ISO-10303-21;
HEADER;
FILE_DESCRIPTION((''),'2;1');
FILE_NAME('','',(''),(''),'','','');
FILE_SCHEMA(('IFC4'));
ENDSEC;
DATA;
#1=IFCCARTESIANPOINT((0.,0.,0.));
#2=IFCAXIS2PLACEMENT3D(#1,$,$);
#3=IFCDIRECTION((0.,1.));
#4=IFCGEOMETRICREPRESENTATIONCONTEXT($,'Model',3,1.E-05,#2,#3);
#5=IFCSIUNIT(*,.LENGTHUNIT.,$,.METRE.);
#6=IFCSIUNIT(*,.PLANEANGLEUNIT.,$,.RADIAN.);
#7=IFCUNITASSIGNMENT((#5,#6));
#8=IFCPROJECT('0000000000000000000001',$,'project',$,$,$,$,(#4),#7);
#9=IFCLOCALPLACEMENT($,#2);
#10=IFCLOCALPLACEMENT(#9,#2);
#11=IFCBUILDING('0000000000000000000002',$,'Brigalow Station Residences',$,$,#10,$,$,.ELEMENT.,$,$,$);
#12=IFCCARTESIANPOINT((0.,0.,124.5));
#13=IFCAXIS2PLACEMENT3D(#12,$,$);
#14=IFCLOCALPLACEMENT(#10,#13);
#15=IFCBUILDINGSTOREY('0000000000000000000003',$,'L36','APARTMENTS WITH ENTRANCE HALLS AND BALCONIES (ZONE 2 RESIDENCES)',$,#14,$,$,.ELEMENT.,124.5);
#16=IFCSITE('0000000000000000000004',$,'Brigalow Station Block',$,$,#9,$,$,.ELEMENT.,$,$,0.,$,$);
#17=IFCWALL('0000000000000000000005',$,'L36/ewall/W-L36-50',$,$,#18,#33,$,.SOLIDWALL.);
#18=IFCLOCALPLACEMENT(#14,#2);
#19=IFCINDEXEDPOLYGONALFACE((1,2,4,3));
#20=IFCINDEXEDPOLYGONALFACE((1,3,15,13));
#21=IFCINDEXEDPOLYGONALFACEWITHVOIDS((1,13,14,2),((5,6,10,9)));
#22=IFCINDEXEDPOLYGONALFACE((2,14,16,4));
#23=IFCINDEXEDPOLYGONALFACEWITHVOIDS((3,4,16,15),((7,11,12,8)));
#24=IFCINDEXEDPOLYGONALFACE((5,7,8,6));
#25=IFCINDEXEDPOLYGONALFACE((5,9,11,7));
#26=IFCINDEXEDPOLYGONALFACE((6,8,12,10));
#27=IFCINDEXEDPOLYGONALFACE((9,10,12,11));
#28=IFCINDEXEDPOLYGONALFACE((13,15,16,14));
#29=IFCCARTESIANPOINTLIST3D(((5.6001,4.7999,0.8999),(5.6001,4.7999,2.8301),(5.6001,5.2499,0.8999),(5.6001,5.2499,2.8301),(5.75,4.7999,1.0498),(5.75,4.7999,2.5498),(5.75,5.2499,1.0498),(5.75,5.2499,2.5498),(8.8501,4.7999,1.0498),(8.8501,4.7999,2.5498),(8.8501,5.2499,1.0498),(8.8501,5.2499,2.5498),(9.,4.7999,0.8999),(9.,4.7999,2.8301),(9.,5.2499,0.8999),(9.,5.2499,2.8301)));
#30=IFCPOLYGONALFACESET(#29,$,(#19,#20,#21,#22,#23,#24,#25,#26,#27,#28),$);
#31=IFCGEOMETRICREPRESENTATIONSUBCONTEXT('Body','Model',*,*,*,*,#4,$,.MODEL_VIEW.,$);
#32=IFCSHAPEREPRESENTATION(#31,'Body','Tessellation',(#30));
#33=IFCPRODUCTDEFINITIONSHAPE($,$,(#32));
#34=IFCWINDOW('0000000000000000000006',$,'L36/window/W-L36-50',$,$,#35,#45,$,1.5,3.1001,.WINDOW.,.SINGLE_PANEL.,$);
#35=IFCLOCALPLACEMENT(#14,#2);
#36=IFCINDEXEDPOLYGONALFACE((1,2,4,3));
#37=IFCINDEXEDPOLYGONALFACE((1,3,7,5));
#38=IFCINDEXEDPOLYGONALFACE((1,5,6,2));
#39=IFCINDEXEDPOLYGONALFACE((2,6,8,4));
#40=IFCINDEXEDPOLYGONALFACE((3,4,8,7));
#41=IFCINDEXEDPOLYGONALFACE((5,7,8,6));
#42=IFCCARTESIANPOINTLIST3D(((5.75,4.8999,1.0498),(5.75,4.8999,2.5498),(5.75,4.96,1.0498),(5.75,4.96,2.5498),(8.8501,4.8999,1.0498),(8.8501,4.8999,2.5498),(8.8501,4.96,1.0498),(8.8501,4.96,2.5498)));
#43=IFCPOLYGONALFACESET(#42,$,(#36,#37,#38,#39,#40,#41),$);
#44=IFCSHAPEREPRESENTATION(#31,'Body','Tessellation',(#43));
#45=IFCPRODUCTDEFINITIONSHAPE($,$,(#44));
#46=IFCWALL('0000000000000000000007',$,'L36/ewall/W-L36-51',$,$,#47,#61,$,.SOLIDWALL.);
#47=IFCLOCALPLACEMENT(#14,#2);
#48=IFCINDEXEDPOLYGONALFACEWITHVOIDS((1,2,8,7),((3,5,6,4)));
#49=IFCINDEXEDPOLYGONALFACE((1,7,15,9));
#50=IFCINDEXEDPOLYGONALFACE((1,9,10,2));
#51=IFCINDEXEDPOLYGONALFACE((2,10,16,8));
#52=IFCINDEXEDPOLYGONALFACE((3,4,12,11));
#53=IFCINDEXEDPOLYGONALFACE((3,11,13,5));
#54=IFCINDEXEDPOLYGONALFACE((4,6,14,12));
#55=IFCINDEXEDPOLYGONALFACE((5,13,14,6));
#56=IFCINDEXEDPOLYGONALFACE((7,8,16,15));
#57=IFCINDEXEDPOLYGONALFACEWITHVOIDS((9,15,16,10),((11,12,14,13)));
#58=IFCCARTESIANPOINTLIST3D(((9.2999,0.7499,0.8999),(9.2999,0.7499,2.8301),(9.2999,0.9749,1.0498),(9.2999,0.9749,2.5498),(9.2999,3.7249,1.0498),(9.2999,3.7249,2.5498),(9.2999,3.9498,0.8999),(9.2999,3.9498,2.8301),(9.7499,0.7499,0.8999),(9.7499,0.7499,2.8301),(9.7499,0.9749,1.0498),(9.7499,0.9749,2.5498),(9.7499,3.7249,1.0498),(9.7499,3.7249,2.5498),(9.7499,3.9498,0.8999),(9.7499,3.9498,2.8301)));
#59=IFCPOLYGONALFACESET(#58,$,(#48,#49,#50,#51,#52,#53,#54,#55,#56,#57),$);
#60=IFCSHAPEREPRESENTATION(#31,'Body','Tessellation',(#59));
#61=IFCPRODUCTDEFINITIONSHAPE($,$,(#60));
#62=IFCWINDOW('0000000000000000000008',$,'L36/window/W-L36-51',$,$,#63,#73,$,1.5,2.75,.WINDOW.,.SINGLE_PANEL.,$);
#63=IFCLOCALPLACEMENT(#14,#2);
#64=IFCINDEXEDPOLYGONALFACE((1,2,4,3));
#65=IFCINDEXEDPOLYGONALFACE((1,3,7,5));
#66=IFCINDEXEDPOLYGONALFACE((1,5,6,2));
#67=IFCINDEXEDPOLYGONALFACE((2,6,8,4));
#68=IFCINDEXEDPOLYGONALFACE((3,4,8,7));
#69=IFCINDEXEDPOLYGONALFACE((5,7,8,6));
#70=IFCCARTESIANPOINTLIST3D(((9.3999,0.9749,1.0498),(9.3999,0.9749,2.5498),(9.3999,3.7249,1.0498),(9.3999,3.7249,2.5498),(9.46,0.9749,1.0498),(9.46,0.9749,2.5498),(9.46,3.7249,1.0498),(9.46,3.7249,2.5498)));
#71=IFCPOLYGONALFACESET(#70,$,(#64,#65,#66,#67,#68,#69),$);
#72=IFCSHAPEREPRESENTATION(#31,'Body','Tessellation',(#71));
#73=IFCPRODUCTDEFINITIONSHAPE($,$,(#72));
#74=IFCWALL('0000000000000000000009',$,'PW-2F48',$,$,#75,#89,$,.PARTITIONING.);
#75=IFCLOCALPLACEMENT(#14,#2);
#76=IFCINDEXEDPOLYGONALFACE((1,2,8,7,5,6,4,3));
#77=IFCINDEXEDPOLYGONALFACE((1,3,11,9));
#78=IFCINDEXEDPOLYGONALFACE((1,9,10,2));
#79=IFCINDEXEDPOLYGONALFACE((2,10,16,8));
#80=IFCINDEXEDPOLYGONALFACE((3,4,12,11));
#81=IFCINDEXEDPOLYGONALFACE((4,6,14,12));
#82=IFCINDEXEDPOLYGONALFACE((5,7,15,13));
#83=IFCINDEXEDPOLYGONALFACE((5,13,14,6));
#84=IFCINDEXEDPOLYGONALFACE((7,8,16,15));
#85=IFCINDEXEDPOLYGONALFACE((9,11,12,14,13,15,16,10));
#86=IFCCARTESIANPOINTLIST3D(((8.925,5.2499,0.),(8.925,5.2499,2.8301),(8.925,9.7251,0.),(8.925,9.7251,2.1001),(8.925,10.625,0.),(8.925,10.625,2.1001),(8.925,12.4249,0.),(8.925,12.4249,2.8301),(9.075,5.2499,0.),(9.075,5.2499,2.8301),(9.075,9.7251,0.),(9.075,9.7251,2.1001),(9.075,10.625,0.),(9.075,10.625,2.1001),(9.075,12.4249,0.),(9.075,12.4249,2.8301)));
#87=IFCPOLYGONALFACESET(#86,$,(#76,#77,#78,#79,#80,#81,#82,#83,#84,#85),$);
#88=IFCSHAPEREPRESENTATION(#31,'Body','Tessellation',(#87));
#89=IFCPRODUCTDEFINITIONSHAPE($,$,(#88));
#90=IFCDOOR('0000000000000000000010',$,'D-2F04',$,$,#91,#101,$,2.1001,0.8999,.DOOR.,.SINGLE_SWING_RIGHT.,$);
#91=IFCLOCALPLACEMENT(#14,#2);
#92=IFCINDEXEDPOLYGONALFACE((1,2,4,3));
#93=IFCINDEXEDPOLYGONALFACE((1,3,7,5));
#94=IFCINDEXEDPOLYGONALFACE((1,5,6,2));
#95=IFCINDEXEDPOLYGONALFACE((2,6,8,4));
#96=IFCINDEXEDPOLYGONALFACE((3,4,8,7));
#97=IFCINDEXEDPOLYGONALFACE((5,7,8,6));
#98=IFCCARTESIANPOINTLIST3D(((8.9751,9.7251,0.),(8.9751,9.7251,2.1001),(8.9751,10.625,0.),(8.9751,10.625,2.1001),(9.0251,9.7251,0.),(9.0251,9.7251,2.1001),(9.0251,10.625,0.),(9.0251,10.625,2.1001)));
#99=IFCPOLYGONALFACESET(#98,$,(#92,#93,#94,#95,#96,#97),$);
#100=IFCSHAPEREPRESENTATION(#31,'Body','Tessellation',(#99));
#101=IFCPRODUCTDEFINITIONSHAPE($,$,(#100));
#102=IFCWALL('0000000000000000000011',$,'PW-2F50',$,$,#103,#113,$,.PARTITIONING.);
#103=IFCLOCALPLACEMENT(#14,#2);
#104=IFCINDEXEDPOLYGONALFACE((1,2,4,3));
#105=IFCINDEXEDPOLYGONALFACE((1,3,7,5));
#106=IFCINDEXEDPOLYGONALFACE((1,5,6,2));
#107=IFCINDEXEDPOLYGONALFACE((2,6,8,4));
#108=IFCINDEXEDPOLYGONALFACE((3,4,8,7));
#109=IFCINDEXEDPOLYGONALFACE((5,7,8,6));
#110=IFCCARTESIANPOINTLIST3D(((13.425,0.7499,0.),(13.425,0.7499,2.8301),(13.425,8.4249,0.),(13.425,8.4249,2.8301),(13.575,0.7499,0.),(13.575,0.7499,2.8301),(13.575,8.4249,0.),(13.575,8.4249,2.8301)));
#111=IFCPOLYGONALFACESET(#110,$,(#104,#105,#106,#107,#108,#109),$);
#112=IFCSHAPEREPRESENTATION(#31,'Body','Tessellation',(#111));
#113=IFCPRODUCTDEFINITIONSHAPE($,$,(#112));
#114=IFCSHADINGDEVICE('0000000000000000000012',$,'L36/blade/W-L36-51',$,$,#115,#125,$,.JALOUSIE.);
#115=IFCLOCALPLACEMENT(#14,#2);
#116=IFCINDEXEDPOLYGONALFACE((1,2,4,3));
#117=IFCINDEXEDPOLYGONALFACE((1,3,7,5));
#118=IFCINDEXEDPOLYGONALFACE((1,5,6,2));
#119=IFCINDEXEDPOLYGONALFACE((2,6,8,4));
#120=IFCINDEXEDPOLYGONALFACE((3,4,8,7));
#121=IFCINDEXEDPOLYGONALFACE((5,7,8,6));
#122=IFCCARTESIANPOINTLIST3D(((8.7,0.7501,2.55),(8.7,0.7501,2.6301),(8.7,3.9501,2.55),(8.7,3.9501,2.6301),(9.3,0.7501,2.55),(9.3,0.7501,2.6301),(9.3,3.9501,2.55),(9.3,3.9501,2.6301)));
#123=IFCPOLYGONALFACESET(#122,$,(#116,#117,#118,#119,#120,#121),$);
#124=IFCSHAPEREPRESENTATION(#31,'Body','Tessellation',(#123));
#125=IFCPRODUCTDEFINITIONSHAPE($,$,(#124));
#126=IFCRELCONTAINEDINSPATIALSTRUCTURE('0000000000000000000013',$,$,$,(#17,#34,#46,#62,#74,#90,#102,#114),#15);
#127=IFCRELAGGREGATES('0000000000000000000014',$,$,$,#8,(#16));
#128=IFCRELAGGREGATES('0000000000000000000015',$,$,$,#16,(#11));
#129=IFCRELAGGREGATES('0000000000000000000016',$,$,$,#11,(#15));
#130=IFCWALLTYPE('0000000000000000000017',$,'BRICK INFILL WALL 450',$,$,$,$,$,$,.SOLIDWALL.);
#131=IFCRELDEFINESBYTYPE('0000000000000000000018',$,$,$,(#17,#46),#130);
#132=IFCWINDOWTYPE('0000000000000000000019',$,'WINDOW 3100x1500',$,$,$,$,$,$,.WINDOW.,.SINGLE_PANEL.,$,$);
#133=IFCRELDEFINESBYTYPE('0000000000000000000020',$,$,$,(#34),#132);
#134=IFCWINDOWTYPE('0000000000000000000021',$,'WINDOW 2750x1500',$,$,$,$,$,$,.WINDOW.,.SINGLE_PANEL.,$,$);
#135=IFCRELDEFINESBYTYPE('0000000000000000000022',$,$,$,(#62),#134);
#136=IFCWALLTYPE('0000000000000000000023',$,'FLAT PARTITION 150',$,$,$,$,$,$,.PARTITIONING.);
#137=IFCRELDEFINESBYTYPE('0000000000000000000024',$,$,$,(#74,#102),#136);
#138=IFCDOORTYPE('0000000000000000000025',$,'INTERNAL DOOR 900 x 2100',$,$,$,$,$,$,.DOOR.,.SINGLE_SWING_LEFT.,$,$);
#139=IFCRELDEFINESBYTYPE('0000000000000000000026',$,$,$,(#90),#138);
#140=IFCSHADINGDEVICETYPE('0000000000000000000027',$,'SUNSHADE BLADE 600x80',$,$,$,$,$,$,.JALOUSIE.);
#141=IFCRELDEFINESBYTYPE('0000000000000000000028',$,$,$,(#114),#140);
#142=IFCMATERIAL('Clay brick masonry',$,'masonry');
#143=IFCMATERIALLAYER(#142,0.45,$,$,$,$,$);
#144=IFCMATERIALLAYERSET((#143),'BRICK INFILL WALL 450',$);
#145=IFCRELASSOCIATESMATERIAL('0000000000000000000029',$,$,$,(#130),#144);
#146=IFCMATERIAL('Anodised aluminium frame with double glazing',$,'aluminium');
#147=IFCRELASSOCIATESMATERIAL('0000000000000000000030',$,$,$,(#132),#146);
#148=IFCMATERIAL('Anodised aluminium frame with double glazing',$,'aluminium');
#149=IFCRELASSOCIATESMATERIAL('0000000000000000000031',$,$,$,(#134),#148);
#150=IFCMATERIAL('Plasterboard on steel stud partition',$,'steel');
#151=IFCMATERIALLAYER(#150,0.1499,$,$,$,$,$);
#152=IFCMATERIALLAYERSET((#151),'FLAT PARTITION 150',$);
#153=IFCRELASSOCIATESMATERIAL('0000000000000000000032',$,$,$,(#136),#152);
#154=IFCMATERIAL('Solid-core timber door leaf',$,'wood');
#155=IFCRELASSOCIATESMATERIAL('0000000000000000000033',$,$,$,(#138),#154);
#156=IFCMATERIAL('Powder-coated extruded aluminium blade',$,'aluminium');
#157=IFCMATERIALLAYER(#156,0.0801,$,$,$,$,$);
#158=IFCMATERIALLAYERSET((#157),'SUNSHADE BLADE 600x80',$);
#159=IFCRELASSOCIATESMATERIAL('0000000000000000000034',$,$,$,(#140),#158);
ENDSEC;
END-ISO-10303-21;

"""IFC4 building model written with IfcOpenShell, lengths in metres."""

from ifc_helpers import new_model, si_unit, direction, frame, frame_2d, origin, origin_2d, place, context, subcontext, project, spatial, rectangle, extrude, material, layer, layer_set, type_object, element, fill, save


model = new_model("IFC4")

# Units and contexts
model_context = context("Model", 3, precision=1e-05, world=origin(), true_north=direction((0.0, 1.0)))
body_context = subcontext(model_context, "Body", "Model", "MODEL_VIEW")
ifc_project = project(units=[si_unit("LENGTHUNIT", "METRE"), si_unit("PLANEANGLEUNIT", "RADIAN")], contexts=[model_context])

# Site, building, storey
site_placement = place(None, origin())
site = spatial("IfcSite", under=ifc_project, at=site_placement, Name="Brigalow Station Block", CompositionType="ELEMENT", RefElevation=0.0)
building_placement = place(site_placement, origin())
building = spatial("IfcBuilding", under=site, at=building_placement, Name="Brigalow Station Residences", CompositionType="ELEMENT")
storey_placement = place(building_placement, frame((0.0, 0.0, 124.5)))
storey = spatial("IfcBuildingStorey", under=building, at=storey_placement, Name="L36", Description="APARTMENTS WITH ENTRANCE HALLS AND BALCONIES (ZONE 2 RESIDENCES)", CompositionType="ELEMENT", Elevation=124.5)

# Walls, openings, windows
ifc_material_1 = material(Name="Clay brick masonry", Category="masonry")
ifc_layer_1 = layer(ifc_material_1, 0.45)
ifc_layer_set_1 = layer_set([ifc_layer_1], Name="BRICK INFILL WALL 450")
wall_type_1 = type_object("IfcWallType", Name="BRICK INFILL WALL 450", PredefinedType="SOLIDWALL", material=ifc_layer_set_1)
wall_1_placement = place(storey_placement, frame((5.6001, 5.0249, 0.8999), z_axis=(0.0, 0.0, 1.0), x_axis=(1.0, 0.0, 0.0)))
wall_1 = element("IfcWall", 1, at=wall_1_placement, inside=storey, type_object=wall_type_1, Name="L36/ewall/W-L36-50", PredefinedType="SOLIDWALL", context=body_context, shape_type="SweptSolid", body=[
    extrude(rectangle(XDim=3.3999, YDim=0.45, at=frame_2d((1.7, 0.0))), origin(), (0.0, 0.0, 1.0), 1.9302),
])
opening_1_placement = place(wall_1_placement, frame((0.1499, 0.0, 0.1499)))
opening_1 = element("IfcOpeningElement", 2, at=opening_1_placement, cuts=wall_1, PredefinedType="OPENING", context=body_context, shape_type="SweptSolid", body=[
    extrude(rectangle(XDim=3.1001, YDim=1.5, at=frame_2d((1.55, 0.75))), frame((0.0, 0.2349, 0.0), z_axis=(0.0, -1.0, 0.0), x_axis=(1.0, 0.0, 0.0)), (0.0, 0.0, 1.0), 0.47),
])
ifc_material_2 = material(Name="Anodised aluminium frame with double glazing", Category="aluminium")
window_type_1 = type_object("IfcWindowType", Name="WINDOW 3100x1500", PartitioningType="SINGLE_PANEL", PredefinedType="WINDOW", material=ifc_material_2)
window_1_placement = place(opening_1_placement, origin())
window_1 = element("IfcWindow", 3, at=window_1_placement, inside=storey, type_object=window_type_1, Name="L36/window/W-L36-50", OverallHeight=1.5, OverallWidth=3.1001, PartitioningType="SINGLE_PANEL", PredefinedType="WINDOW", context=body_context, shape_type="SweptSolid", body=[
    extrude(rectangle(XDim=3.1001, YDim=1.5, at=frame_2d((1.55, 0.75))), frame((0.0, -0.0649, 0.0), z_axis=(0.0, -1.0, 0.0), x_axis=(1.0, 0.0, 0.0)), (0.0, 0.0, 1.0), 0.0601),
])
fill(opening_1, window_1)
wall_2_placement = place(storey_placement, frame((9.5249, 3.95, 0.8999), z_axis=(0.0, 0.0, 1.0), x_axis=(0.0, -1.0, 0.0)))
wall_2 = element("IfcWall", 4, at=wall_2_placement, inside=storey, type_object=wall_type_1, Name="L36/ewall/W-L36-51", PredefinedType="SOLIDWALL", context=body_context, shape_type="SweptSolid", body=[
    extrude(rectangle(XDim=3.2, YDim=0.45, at=frame_2d((1.6001, 0.0))), origin(), (0.0, 0.0, 1.0), 1.9302),
])
opening_2_placement = place(wall_2_placement, frame((0.2251, 0.0, 0.1499)))
opening_2 = element("IfcOpeningElement", 5, at=opening_2_placement, cuts=wall_2, PredefinedType="OPENING", context=body_context, shape_type="SweptSolid", body=[
    extrude(rectangle(XDim=2.75, YDim=1.5, at=frame_2d((1.375, 0.75))), frame((0.0, 0.2349, 0.0), z_axis=(0.0, -1.0, 0.0), x_axis=(1.0, 0.0, 0.0)), (0.0, 0.0, 1.0), 0.47),
])
ifc_material_3 = material(Name="Anodised aluminium frame with double glazing", Category="aluminium")
window_type_2 = type_object("IfcWindowType", Name="WINDOW 2750x1500", PartitioningType="SINGLE_PANEL", PredefinedType="WINDOW", material=ifc_material_3)
window_2_placement = place(opening_2_placement, origin())
window_2 = element("IfcWindow", 6, at=window_2_placement, inside=storey, type_object=window_type_2, Name="L36/window/W-L36-51", OverallHeight=1.5, OverallWidth=2.75, PartitioningType="SINGLE_PANEL", PredefinedType="WINDOW", context=body_context, shape_type="SweptSolid", body=[
    extrude(rectangle(XDim=2.75, YDim=1.5, at=frame_2d((1.375, 0.75))), frame((0.0, -0.0649, 0.0), z_axis=(0.0, -1.0, 0.0), x_axis=(1.0, 0.0, 0.0)), (0.0, 0.0, 1.0), 0.0601),
])
fill(opening_2, window_2)

# Wall, opening, door
ifc_material_4 = material(Name="Plasterboard on steel stud partition", Category="steel")
ifc_layer_2 = layer(ifc_material_4, 0.1499)
ifc_layer_set_2 = layer_set([ifc_layer_2], Name="FLAT PARTITION 150")
wall_type_2 = type_object("IfcWallType", Name="FLAT PARTITION 150", PredefinedType="PARTITIONING", material=ifc_layer_set_2)
wall_3_placement = place(storey_placement, frame((9.0, 5.25, 0.0), z_axis=(0.0, 0.0, 1.0), x_axis=(0.0, 1.0, 0.0)))
wall_3 = element("IfcWall", 7, at=wall_3_placement, inside=storey, type_object=wall_type_2, Name="PW-2F48", PredefinedType="PARTITIONING", context=body_context, shape_type="SweptSolid", body=[
    extrude(rectangle(XDim=7.175, YDim=0.1499, at=frame_2d((3.5874, 0.0))), origin(), (0.0, 0.0, 1.0), 2.8301),
])
opening_3_placement = place(wall_3_placement, frame((4.4751, 0.0, 0.0)))
opening_3 = element("IfcOpeningElement", 8, at=opening_3_placement, cuts=wall_3, PredefinedType="OPENING", context=body_context, shape_type="SweptSolid", body=[
    extrude(rectangle(XDim=0.8999, YDim=2.1001, at=frame_2d((0.45, 1.05))), frame((0.0, 0.085, 0.0), z_axis=(0.0, -1.0, 0.0), x_axis=(1.0, 0.0, 0.0)), (0.0, 0.0, 1.0), 0.1699),
])
ifc_material_5 = material(Name="Solid-core timber door leaf", Category="wood")
door_type = type_object("IfcDoorType", Name="INTERNAL DOOR 900 x 2100", OperationType="SINGLE_SWING_LEFT", PredefinedType="DOOR", material=ifc_material_5)
door_placement = place(opening_3_placement, origin())
door = element("IfcDoor", 9, at=door_placement, inside=storey, type_object=door_type, Name="D-2F04", OperationType="SINGLE_SWING_RIGHT", OverallHeight=2.1001, OverallWidth=0.8999, PredefinedType="DOOR", context=body_context, shape_type="SweptSolid", body=[
    extrude(rectangle(XDim=0.8999, YDim=2.1001, at=frame_2d((0.45, 1.05))), frame((0.0, 0.0249, 0.0), z_axis=(0.0, -1.0, 0.0), x_axis=(1.0, 0.0, 0.0)), (0.0, 0.0, 1.0), 0.05),
])
fill(opening_3, door)

# Wall
wall_4_placement = place(storey_placement, frame((13.5, 0.75, 0.0), z_axis=(0.0, 0.0, 1.0), x_axis=(0.0, 1.0, 0.0)))
element("IfcWall", 10, at=wall_4_placement, inside=storey, type_object=wall_type_2, Name="PW-2F50", PredefinedType="PARTITIONING", context=body_context, shape_type="SweptSolid", body=[
    extrude(rectangle(XDim=7.675, YDim=0.1499, at=frame_2d((3.8374, 0.0))), origin(), (0.0, 0.0, 1.0), 2.8301),
])

# Shading device
ifc_material_6 = material(Name="Powder-coated extruded aluminium blade", Category="aluminium")
ifc_layer_3 = layer(ifc_material_6, 0.0801)
ifc_layer_set_3 = layer_set([ifc_layer_3], Name="SUNSHADE BLADE 600x80")
shading_device_type = type_object("IfcShadingDeviceType", Name="SUNSHADE BLADE 600x80", PredefinedType="JALOUSIE", material=ifc_layer_set_3)
shading_device_placement = place(storey_placement, frame((9.0, 2.3501, 2.55), z_axis=(0.0, 0.0, 1.0), x_axis=(0.0, -1.0, 0.0)))
element("IfcShadingDevice", 11, at=shading_device_placement, inside=storey, type_object=shading_device_type, Name="L36/blade/W-L36-51", PredefinedType="JALOUSIE", context=body_context, shape_type="SweptSolid", body=[
    extrude(rectangle(XDim=3.2, YDim=0.6001, at=origin_2d()), origin(), (0.0, 0.0, 1.0), 0.0801),
])

save(model, "model.ifc")
